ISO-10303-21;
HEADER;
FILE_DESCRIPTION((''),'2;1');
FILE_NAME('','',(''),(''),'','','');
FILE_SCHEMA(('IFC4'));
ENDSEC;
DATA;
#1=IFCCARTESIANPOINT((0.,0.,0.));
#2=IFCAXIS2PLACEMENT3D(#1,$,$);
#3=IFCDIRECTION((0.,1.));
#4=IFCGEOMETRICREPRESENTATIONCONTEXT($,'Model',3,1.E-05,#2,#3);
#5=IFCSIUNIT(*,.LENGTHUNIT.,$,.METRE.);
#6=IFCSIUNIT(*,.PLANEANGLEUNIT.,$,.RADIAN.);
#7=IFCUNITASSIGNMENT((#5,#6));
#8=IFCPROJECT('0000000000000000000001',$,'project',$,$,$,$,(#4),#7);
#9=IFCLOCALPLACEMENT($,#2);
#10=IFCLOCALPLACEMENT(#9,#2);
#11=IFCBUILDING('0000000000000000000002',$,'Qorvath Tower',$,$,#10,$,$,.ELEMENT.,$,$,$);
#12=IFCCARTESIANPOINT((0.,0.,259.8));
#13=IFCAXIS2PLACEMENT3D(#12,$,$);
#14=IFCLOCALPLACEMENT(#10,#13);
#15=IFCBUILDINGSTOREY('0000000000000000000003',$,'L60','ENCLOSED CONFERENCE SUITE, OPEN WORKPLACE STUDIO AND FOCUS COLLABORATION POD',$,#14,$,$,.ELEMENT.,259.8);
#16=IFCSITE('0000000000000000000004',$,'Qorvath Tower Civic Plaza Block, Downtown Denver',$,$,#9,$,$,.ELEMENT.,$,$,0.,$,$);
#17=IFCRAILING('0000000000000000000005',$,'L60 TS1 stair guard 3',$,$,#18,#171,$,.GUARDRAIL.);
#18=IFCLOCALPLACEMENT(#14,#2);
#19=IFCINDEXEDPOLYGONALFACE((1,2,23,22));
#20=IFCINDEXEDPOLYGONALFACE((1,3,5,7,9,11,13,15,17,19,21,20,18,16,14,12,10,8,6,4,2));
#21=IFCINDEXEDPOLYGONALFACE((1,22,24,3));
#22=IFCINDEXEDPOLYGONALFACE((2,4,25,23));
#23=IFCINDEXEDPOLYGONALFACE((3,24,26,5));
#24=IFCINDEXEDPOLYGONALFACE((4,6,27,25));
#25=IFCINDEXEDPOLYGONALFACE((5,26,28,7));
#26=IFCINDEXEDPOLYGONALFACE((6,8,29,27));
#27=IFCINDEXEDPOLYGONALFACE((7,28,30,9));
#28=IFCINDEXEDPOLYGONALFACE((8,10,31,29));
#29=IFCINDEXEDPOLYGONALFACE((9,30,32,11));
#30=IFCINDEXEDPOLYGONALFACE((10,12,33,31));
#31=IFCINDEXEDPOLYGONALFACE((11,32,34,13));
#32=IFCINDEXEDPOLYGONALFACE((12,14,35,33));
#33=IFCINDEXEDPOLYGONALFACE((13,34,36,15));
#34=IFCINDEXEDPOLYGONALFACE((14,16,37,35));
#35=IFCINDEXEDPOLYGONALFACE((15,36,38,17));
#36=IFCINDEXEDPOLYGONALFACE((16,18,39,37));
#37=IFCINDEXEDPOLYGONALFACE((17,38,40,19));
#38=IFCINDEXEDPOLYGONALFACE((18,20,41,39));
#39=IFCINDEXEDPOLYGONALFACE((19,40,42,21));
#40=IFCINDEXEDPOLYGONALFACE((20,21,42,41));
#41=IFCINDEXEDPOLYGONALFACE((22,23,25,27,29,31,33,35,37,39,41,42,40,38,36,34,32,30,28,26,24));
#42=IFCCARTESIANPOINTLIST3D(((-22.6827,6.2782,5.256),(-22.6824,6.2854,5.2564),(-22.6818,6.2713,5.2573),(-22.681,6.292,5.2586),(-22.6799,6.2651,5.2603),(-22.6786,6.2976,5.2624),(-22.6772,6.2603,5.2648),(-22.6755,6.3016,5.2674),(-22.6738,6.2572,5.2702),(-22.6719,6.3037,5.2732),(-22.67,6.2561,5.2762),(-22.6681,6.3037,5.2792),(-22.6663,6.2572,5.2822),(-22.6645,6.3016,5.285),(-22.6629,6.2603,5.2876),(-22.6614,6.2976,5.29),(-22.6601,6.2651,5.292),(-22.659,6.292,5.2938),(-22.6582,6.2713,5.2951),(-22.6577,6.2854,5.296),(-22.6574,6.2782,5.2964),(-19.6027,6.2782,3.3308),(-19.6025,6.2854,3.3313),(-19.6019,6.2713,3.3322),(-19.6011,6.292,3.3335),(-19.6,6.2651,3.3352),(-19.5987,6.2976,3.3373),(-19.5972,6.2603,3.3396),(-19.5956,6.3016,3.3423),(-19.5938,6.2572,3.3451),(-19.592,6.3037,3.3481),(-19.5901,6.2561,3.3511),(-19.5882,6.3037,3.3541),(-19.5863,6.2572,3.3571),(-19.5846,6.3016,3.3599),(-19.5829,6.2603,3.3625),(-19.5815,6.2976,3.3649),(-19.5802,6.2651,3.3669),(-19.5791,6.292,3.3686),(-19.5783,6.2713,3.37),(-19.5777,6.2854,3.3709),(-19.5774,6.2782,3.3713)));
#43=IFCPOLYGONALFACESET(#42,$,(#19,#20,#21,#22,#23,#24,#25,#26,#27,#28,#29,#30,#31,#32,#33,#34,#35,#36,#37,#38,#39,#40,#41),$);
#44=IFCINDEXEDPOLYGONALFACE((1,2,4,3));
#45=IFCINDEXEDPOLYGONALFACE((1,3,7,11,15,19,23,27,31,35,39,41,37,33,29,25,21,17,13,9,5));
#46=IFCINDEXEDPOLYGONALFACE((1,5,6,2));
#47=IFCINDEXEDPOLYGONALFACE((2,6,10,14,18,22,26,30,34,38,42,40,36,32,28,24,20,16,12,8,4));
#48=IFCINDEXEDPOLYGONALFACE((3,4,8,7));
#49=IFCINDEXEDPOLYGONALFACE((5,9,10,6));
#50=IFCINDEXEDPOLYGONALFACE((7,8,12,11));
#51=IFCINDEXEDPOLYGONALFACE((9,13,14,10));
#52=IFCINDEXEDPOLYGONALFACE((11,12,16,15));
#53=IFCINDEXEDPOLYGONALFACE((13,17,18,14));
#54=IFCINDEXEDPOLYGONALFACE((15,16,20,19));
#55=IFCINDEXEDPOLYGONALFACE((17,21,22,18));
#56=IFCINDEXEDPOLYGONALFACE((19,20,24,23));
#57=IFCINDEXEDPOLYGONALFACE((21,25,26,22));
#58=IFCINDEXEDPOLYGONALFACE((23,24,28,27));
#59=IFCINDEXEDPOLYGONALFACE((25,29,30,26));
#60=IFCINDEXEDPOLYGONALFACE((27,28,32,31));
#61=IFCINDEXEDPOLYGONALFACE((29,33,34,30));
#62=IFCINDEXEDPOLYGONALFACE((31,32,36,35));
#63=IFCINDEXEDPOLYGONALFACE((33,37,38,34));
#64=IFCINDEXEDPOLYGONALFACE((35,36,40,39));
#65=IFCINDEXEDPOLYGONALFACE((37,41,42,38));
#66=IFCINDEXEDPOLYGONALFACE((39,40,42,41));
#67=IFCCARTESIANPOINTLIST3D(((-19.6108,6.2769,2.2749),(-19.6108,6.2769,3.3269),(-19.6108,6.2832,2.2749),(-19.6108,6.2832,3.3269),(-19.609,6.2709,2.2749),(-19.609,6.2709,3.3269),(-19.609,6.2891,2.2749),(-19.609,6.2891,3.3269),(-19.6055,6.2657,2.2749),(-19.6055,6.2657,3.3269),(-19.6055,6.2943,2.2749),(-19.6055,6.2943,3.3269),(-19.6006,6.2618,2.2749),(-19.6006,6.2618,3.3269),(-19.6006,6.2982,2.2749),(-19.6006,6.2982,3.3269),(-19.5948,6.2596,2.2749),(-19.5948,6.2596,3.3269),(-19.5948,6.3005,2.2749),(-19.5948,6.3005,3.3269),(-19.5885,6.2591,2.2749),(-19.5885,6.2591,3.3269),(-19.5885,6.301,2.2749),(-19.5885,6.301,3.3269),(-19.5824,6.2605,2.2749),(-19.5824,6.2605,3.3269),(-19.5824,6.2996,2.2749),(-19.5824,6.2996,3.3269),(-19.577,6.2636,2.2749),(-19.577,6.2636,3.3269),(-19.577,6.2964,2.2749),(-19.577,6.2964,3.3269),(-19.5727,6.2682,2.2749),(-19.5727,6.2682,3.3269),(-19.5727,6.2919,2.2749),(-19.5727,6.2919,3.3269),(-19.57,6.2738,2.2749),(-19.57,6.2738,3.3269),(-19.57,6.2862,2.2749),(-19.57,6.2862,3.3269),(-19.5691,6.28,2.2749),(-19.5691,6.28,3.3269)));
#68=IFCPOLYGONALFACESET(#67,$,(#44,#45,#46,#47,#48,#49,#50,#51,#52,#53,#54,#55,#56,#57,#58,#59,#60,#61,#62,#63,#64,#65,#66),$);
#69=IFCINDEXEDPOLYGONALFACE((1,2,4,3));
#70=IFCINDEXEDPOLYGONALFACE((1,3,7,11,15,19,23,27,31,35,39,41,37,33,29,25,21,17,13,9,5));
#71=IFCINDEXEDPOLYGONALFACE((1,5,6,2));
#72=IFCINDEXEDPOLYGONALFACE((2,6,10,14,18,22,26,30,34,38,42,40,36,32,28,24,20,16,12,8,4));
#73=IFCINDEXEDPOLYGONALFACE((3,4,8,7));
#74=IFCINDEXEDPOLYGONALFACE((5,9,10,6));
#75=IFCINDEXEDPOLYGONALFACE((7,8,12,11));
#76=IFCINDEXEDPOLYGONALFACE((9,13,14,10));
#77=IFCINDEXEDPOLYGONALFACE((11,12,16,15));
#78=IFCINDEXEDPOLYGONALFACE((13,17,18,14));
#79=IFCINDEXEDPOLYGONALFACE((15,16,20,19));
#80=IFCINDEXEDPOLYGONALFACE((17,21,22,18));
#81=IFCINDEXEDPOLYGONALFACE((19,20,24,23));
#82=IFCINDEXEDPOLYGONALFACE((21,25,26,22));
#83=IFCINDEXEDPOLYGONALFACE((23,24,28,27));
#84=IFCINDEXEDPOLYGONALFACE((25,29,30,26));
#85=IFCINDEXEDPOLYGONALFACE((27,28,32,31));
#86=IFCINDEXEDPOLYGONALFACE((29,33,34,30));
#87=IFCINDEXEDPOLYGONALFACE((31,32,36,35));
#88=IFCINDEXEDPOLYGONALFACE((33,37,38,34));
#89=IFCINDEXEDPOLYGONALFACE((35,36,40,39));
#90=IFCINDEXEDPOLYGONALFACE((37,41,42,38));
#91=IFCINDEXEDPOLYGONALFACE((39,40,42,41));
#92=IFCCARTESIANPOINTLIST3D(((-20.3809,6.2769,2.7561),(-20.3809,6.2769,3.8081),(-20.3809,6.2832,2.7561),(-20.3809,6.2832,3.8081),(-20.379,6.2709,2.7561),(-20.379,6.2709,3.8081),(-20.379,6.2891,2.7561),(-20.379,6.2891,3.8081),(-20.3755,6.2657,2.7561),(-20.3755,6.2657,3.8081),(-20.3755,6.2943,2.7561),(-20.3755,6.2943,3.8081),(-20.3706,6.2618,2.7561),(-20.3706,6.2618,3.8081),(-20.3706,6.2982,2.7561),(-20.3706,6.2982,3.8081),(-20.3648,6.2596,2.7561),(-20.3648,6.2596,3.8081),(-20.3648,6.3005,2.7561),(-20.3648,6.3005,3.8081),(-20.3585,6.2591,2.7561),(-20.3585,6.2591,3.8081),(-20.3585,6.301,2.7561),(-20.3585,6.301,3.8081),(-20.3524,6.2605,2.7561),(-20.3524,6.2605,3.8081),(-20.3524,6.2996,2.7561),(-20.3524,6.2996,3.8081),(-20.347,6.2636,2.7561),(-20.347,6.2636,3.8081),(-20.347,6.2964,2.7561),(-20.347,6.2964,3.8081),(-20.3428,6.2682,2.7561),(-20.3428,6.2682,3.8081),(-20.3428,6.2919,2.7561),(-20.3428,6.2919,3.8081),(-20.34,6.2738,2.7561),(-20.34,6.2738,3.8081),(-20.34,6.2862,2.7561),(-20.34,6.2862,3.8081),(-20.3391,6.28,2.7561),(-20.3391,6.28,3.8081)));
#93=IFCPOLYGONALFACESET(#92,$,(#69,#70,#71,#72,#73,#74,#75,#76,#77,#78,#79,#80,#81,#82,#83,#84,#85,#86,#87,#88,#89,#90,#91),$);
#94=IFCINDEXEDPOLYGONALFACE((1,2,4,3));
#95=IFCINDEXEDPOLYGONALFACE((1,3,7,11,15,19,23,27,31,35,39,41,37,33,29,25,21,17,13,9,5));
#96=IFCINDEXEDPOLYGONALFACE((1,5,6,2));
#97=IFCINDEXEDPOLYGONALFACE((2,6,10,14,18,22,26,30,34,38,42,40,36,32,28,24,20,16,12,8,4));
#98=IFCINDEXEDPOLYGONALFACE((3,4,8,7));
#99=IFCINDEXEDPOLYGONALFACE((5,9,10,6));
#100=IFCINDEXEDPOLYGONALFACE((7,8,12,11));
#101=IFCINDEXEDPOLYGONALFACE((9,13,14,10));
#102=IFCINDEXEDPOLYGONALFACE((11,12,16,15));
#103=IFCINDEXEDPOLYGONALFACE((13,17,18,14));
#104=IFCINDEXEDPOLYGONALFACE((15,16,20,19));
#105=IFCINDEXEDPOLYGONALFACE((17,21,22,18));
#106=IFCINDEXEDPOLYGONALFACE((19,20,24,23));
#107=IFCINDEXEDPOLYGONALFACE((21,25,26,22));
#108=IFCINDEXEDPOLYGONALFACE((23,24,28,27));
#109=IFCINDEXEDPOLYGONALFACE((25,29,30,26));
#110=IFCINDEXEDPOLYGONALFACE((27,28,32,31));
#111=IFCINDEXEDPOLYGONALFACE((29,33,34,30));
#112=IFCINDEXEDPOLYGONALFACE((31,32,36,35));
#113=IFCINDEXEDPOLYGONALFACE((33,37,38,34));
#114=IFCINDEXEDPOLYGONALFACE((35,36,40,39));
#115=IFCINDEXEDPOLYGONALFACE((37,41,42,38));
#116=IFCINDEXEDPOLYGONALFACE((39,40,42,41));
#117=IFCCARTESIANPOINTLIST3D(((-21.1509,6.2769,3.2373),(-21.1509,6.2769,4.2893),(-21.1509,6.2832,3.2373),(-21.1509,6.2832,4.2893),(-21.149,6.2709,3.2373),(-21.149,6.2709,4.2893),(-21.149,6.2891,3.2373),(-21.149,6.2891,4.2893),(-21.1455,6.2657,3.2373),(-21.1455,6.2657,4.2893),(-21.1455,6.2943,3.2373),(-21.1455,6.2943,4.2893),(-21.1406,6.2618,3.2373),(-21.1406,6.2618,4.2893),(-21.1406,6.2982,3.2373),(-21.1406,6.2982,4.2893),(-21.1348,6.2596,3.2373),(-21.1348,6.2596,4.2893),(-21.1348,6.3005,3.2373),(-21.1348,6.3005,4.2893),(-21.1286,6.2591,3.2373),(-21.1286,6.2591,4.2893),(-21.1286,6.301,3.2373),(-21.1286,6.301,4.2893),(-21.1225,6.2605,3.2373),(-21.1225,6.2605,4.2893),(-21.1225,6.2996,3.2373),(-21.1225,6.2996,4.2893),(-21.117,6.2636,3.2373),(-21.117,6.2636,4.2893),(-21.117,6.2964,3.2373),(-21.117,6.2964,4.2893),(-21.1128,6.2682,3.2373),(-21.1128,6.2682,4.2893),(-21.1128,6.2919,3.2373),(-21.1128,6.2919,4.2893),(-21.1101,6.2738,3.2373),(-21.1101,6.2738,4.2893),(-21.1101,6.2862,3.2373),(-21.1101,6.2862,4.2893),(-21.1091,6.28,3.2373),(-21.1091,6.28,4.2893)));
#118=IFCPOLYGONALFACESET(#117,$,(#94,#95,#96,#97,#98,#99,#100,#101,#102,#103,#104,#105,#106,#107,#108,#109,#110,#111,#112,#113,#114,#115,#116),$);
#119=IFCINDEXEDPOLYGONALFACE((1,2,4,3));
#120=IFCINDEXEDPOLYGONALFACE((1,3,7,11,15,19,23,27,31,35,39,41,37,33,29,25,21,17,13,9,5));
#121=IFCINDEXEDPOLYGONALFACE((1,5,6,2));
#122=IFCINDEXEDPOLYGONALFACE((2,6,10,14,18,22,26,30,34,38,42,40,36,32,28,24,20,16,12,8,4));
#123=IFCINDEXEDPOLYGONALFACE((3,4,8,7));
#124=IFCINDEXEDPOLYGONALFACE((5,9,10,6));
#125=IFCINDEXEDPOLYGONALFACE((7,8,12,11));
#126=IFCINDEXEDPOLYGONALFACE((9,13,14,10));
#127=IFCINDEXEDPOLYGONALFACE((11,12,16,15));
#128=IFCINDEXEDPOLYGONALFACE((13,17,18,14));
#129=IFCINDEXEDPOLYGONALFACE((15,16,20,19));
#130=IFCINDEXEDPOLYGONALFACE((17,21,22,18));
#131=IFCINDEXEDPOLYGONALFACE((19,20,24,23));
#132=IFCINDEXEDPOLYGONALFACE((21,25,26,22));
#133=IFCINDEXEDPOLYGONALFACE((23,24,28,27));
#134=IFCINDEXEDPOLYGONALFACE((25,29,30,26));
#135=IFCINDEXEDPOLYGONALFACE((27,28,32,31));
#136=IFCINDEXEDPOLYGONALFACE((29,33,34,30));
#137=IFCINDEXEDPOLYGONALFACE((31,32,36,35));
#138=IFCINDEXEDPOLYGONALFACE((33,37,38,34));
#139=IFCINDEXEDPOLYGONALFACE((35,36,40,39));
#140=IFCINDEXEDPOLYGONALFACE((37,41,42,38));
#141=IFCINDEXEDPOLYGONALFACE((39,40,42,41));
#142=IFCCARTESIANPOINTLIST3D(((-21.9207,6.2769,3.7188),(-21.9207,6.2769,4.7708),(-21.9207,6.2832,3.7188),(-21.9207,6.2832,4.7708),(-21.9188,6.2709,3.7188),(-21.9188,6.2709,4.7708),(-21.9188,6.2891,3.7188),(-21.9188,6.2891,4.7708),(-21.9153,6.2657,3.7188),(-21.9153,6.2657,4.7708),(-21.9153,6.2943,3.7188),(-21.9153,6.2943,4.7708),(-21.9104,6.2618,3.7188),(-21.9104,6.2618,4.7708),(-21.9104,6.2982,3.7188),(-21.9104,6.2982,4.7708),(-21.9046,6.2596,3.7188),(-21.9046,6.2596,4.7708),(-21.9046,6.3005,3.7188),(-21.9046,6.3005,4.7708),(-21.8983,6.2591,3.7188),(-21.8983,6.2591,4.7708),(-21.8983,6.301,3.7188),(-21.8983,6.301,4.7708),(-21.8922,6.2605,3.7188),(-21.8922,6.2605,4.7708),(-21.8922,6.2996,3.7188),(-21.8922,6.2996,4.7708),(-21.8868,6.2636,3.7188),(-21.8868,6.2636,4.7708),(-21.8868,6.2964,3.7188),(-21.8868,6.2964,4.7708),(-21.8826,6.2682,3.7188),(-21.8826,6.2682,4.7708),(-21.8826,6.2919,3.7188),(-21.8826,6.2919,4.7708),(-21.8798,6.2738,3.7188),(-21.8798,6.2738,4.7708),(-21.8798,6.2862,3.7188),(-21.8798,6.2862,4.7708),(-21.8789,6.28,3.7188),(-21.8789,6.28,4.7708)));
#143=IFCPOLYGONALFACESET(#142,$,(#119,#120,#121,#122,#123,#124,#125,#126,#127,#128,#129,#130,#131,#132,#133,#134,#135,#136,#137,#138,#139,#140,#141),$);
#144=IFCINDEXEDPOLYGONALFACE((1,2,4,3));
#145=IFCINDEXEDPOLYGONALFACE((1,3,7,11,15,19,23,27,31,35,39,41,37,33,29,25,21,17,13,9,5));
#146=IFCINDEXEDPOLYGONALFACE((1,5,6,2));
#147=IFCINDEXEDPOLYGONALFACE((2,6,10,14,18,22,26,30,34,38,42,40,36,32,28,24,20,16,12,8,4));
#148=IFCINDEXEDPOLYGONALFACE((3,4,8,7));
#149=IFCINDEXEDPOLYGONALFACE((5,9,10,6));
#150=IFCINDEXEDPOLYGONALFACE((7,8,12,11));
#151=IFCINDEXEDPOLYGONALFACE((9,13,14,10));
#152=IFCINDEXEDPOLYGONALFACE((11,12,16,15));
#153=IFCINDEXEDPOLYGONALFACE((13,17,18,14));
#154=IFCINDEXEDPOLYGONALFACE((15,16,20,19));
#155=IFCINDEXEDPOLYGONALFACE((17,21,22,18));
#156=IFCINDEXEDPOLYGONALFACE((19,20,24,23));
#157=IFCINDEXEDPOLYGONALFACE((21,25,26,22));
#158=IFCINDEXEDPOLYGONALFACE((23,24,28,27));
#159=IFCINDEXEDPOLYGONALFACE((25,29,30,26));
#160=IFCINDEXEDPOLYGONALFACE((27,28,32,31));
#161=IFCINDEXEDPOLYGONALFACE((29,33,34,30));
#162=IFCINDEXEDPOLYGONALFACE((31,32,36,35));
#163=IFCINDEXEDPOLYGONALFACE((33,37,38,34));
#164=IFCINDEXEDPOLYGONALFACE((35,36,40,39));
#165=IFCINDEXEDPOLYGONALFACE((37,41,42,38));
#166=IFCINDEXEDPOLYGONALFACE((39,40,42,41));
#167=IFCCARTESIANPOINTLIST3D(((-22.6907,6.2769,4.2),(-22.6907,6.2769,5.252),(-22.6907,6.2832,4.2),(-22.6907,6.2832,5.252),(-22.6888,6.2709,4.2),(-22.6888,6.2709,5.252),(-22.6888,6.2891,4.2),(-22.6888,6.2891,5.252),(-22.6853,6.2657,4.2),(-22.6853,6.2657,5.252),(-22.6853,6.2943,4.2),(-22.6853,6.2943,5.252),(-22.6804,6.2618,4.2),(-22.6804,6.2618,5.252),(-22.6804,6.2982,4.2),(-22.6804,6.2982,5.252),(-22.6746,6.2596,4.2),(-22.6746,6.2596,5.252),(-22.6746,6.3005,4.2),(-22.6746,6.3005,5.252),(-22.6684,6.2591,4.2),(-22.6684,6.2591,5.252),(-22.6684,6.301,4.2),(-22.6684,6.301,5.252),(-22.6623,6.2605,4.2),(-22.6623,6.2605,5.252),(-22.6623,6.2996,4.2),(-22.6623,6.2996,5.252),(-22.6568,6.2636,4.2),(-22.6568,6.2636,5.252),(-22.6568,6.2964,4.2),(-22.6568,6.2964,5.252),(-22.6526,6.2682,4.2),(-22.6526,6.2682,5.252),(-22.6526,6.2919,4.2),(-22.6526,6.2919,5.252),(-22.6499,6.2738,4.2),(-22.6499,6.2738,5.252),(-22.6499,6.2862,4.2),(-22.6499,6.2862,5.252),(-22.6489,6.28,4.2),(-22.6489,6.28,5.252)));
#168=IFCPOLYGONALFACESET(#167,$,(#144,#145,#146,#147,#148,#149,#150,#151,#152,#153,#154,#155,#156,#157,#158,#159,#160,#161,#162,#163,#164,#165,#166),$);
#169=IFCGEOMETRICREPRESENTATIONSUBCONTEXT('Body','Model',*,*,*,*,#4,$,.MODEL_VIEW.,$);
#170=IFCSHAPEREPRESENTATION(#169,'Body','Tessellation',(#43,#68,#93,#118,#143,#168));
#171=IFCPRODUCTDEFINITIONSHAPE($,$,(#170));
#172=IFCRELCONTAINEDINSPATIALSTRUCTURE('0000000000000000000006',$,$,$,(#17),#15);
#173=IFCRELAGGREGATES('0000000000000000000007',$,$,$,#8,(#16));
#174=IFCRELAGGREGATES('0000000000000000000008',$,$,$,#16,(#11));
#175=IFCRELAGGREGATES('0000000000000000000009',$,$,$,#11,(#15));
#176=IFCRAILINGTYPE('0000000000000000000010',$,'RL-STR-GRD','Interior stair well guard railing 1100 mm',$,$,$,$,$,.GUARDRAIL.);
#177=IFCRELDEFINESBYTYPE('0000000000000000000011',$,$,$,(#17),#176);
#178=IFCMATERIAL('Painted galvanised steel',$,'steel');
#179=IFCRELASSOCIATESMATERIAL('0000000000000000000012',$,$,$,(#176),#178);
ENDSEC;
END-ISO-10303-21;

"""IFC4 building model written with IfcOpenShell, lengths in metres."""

from ifc_helpers import new_model, si_unit, direction, frame, origin, origin_2d, place, context, subcontext, project, spatial, circle, extrude, material, type_object, element, save


model = new_model("IFC4")

# Units and contexts
model_context = context("Model", 3, precision=1e-05, world=origin(), true_north=direction((0.0, 1.0)))
body_context = subcontext(model_context, "Body", "Model", "MODEL_VIEW")
ifc_project = project(units=[si_unit("LENGTHUNIT", "METRE"), si_unit("PLANEANGLEUNIT", "RADIAN")], contexts=[model_context])

# Site, building, storey
site_placement = place(None, origin())
site = spatial("IfcSite", under=ifc_project, at=site_placement, Name="Qorvath Tower Civic Plaza Block, Downtown Denver", CompositionType="ELEMENT", RefElevation=0.0)
building_placement = place(site_placement, origin())
building = spatial("IfcBuilding", under=site, at=building_placement, Name="Qorvath Tower", CompositionType="ELEMENT")
storey_placement = place(building_placement, frame((0.0, 0.0, 259.8)))
storey = spatial("IfcBuildingStorey", under=building, at=storey_placement, Name="L60", Description="ENCLOSED CONFERENCE SUITE, OPEN WORKPLACE STUDIO AND FOCUS COLLABORATION POD", CompositionType="ELEMENT", Elevation=259.8)

# Railing
ifc_material_1 = material(Name="Painted galvanised steel", Category="steel")
railing_type_1 = type_object("IfcRailingType", Name="RL-STR-GRD", Description="Interior stair well guard railing 1100 mm", PredefinedType="GUARDRAIL", material=ifc_material_1)
railing_1_placement = place(storey_placement, frame((-19.5901, 6.28, 2.2749)))
element("IfcRailing", 1, at=railing_1_placement, inside=storey, type_object=railing_type_1, Name="L60 TS1 stair guard 3", PredefinedType="GUARDRAIL", context=body_context, shape_type="SweptSolid", body=[
    extrude(circle(Radius=0.0239, at=origin_2d()), frame((0.0, 0.0, 1.0762), z_axis=(-0.847979, 0.0, 0.530029), x_axis=(0.0, -1.0, 0.0)), (0.0, 0.0, 1.0), 3.6321),
    extrude(circle(Radius=0.021, at=origin_2d()), origin(), (0.0, 0.0, 1.0), 1.052),
    extrude(circle(Radius=0.021, at=origin_2d()), frame((-0.77, 0.0, 0.4812)), (0.0, 0.0, 1.0), 1.052),
    extrude(circle(Radius=0.021, at=origin_2d()), frame((-1.54, 0.0, 0.9624)), (0.0, 0.0, 1.0), 1.052),
    extrude(circle(Radius=0.021, at=origin_2d()), frame((-2.3098, 0.0, 1.4438)), (0.0, 0.0, 1.0), 1.052),
    extrude(circle(Radius=0.021, at=origin_2d()), frame((-3.0798, 0.0, 1.925)), (0.0, 0.0, 1.0), 1.052),
])

save(model, "model.ifc")
